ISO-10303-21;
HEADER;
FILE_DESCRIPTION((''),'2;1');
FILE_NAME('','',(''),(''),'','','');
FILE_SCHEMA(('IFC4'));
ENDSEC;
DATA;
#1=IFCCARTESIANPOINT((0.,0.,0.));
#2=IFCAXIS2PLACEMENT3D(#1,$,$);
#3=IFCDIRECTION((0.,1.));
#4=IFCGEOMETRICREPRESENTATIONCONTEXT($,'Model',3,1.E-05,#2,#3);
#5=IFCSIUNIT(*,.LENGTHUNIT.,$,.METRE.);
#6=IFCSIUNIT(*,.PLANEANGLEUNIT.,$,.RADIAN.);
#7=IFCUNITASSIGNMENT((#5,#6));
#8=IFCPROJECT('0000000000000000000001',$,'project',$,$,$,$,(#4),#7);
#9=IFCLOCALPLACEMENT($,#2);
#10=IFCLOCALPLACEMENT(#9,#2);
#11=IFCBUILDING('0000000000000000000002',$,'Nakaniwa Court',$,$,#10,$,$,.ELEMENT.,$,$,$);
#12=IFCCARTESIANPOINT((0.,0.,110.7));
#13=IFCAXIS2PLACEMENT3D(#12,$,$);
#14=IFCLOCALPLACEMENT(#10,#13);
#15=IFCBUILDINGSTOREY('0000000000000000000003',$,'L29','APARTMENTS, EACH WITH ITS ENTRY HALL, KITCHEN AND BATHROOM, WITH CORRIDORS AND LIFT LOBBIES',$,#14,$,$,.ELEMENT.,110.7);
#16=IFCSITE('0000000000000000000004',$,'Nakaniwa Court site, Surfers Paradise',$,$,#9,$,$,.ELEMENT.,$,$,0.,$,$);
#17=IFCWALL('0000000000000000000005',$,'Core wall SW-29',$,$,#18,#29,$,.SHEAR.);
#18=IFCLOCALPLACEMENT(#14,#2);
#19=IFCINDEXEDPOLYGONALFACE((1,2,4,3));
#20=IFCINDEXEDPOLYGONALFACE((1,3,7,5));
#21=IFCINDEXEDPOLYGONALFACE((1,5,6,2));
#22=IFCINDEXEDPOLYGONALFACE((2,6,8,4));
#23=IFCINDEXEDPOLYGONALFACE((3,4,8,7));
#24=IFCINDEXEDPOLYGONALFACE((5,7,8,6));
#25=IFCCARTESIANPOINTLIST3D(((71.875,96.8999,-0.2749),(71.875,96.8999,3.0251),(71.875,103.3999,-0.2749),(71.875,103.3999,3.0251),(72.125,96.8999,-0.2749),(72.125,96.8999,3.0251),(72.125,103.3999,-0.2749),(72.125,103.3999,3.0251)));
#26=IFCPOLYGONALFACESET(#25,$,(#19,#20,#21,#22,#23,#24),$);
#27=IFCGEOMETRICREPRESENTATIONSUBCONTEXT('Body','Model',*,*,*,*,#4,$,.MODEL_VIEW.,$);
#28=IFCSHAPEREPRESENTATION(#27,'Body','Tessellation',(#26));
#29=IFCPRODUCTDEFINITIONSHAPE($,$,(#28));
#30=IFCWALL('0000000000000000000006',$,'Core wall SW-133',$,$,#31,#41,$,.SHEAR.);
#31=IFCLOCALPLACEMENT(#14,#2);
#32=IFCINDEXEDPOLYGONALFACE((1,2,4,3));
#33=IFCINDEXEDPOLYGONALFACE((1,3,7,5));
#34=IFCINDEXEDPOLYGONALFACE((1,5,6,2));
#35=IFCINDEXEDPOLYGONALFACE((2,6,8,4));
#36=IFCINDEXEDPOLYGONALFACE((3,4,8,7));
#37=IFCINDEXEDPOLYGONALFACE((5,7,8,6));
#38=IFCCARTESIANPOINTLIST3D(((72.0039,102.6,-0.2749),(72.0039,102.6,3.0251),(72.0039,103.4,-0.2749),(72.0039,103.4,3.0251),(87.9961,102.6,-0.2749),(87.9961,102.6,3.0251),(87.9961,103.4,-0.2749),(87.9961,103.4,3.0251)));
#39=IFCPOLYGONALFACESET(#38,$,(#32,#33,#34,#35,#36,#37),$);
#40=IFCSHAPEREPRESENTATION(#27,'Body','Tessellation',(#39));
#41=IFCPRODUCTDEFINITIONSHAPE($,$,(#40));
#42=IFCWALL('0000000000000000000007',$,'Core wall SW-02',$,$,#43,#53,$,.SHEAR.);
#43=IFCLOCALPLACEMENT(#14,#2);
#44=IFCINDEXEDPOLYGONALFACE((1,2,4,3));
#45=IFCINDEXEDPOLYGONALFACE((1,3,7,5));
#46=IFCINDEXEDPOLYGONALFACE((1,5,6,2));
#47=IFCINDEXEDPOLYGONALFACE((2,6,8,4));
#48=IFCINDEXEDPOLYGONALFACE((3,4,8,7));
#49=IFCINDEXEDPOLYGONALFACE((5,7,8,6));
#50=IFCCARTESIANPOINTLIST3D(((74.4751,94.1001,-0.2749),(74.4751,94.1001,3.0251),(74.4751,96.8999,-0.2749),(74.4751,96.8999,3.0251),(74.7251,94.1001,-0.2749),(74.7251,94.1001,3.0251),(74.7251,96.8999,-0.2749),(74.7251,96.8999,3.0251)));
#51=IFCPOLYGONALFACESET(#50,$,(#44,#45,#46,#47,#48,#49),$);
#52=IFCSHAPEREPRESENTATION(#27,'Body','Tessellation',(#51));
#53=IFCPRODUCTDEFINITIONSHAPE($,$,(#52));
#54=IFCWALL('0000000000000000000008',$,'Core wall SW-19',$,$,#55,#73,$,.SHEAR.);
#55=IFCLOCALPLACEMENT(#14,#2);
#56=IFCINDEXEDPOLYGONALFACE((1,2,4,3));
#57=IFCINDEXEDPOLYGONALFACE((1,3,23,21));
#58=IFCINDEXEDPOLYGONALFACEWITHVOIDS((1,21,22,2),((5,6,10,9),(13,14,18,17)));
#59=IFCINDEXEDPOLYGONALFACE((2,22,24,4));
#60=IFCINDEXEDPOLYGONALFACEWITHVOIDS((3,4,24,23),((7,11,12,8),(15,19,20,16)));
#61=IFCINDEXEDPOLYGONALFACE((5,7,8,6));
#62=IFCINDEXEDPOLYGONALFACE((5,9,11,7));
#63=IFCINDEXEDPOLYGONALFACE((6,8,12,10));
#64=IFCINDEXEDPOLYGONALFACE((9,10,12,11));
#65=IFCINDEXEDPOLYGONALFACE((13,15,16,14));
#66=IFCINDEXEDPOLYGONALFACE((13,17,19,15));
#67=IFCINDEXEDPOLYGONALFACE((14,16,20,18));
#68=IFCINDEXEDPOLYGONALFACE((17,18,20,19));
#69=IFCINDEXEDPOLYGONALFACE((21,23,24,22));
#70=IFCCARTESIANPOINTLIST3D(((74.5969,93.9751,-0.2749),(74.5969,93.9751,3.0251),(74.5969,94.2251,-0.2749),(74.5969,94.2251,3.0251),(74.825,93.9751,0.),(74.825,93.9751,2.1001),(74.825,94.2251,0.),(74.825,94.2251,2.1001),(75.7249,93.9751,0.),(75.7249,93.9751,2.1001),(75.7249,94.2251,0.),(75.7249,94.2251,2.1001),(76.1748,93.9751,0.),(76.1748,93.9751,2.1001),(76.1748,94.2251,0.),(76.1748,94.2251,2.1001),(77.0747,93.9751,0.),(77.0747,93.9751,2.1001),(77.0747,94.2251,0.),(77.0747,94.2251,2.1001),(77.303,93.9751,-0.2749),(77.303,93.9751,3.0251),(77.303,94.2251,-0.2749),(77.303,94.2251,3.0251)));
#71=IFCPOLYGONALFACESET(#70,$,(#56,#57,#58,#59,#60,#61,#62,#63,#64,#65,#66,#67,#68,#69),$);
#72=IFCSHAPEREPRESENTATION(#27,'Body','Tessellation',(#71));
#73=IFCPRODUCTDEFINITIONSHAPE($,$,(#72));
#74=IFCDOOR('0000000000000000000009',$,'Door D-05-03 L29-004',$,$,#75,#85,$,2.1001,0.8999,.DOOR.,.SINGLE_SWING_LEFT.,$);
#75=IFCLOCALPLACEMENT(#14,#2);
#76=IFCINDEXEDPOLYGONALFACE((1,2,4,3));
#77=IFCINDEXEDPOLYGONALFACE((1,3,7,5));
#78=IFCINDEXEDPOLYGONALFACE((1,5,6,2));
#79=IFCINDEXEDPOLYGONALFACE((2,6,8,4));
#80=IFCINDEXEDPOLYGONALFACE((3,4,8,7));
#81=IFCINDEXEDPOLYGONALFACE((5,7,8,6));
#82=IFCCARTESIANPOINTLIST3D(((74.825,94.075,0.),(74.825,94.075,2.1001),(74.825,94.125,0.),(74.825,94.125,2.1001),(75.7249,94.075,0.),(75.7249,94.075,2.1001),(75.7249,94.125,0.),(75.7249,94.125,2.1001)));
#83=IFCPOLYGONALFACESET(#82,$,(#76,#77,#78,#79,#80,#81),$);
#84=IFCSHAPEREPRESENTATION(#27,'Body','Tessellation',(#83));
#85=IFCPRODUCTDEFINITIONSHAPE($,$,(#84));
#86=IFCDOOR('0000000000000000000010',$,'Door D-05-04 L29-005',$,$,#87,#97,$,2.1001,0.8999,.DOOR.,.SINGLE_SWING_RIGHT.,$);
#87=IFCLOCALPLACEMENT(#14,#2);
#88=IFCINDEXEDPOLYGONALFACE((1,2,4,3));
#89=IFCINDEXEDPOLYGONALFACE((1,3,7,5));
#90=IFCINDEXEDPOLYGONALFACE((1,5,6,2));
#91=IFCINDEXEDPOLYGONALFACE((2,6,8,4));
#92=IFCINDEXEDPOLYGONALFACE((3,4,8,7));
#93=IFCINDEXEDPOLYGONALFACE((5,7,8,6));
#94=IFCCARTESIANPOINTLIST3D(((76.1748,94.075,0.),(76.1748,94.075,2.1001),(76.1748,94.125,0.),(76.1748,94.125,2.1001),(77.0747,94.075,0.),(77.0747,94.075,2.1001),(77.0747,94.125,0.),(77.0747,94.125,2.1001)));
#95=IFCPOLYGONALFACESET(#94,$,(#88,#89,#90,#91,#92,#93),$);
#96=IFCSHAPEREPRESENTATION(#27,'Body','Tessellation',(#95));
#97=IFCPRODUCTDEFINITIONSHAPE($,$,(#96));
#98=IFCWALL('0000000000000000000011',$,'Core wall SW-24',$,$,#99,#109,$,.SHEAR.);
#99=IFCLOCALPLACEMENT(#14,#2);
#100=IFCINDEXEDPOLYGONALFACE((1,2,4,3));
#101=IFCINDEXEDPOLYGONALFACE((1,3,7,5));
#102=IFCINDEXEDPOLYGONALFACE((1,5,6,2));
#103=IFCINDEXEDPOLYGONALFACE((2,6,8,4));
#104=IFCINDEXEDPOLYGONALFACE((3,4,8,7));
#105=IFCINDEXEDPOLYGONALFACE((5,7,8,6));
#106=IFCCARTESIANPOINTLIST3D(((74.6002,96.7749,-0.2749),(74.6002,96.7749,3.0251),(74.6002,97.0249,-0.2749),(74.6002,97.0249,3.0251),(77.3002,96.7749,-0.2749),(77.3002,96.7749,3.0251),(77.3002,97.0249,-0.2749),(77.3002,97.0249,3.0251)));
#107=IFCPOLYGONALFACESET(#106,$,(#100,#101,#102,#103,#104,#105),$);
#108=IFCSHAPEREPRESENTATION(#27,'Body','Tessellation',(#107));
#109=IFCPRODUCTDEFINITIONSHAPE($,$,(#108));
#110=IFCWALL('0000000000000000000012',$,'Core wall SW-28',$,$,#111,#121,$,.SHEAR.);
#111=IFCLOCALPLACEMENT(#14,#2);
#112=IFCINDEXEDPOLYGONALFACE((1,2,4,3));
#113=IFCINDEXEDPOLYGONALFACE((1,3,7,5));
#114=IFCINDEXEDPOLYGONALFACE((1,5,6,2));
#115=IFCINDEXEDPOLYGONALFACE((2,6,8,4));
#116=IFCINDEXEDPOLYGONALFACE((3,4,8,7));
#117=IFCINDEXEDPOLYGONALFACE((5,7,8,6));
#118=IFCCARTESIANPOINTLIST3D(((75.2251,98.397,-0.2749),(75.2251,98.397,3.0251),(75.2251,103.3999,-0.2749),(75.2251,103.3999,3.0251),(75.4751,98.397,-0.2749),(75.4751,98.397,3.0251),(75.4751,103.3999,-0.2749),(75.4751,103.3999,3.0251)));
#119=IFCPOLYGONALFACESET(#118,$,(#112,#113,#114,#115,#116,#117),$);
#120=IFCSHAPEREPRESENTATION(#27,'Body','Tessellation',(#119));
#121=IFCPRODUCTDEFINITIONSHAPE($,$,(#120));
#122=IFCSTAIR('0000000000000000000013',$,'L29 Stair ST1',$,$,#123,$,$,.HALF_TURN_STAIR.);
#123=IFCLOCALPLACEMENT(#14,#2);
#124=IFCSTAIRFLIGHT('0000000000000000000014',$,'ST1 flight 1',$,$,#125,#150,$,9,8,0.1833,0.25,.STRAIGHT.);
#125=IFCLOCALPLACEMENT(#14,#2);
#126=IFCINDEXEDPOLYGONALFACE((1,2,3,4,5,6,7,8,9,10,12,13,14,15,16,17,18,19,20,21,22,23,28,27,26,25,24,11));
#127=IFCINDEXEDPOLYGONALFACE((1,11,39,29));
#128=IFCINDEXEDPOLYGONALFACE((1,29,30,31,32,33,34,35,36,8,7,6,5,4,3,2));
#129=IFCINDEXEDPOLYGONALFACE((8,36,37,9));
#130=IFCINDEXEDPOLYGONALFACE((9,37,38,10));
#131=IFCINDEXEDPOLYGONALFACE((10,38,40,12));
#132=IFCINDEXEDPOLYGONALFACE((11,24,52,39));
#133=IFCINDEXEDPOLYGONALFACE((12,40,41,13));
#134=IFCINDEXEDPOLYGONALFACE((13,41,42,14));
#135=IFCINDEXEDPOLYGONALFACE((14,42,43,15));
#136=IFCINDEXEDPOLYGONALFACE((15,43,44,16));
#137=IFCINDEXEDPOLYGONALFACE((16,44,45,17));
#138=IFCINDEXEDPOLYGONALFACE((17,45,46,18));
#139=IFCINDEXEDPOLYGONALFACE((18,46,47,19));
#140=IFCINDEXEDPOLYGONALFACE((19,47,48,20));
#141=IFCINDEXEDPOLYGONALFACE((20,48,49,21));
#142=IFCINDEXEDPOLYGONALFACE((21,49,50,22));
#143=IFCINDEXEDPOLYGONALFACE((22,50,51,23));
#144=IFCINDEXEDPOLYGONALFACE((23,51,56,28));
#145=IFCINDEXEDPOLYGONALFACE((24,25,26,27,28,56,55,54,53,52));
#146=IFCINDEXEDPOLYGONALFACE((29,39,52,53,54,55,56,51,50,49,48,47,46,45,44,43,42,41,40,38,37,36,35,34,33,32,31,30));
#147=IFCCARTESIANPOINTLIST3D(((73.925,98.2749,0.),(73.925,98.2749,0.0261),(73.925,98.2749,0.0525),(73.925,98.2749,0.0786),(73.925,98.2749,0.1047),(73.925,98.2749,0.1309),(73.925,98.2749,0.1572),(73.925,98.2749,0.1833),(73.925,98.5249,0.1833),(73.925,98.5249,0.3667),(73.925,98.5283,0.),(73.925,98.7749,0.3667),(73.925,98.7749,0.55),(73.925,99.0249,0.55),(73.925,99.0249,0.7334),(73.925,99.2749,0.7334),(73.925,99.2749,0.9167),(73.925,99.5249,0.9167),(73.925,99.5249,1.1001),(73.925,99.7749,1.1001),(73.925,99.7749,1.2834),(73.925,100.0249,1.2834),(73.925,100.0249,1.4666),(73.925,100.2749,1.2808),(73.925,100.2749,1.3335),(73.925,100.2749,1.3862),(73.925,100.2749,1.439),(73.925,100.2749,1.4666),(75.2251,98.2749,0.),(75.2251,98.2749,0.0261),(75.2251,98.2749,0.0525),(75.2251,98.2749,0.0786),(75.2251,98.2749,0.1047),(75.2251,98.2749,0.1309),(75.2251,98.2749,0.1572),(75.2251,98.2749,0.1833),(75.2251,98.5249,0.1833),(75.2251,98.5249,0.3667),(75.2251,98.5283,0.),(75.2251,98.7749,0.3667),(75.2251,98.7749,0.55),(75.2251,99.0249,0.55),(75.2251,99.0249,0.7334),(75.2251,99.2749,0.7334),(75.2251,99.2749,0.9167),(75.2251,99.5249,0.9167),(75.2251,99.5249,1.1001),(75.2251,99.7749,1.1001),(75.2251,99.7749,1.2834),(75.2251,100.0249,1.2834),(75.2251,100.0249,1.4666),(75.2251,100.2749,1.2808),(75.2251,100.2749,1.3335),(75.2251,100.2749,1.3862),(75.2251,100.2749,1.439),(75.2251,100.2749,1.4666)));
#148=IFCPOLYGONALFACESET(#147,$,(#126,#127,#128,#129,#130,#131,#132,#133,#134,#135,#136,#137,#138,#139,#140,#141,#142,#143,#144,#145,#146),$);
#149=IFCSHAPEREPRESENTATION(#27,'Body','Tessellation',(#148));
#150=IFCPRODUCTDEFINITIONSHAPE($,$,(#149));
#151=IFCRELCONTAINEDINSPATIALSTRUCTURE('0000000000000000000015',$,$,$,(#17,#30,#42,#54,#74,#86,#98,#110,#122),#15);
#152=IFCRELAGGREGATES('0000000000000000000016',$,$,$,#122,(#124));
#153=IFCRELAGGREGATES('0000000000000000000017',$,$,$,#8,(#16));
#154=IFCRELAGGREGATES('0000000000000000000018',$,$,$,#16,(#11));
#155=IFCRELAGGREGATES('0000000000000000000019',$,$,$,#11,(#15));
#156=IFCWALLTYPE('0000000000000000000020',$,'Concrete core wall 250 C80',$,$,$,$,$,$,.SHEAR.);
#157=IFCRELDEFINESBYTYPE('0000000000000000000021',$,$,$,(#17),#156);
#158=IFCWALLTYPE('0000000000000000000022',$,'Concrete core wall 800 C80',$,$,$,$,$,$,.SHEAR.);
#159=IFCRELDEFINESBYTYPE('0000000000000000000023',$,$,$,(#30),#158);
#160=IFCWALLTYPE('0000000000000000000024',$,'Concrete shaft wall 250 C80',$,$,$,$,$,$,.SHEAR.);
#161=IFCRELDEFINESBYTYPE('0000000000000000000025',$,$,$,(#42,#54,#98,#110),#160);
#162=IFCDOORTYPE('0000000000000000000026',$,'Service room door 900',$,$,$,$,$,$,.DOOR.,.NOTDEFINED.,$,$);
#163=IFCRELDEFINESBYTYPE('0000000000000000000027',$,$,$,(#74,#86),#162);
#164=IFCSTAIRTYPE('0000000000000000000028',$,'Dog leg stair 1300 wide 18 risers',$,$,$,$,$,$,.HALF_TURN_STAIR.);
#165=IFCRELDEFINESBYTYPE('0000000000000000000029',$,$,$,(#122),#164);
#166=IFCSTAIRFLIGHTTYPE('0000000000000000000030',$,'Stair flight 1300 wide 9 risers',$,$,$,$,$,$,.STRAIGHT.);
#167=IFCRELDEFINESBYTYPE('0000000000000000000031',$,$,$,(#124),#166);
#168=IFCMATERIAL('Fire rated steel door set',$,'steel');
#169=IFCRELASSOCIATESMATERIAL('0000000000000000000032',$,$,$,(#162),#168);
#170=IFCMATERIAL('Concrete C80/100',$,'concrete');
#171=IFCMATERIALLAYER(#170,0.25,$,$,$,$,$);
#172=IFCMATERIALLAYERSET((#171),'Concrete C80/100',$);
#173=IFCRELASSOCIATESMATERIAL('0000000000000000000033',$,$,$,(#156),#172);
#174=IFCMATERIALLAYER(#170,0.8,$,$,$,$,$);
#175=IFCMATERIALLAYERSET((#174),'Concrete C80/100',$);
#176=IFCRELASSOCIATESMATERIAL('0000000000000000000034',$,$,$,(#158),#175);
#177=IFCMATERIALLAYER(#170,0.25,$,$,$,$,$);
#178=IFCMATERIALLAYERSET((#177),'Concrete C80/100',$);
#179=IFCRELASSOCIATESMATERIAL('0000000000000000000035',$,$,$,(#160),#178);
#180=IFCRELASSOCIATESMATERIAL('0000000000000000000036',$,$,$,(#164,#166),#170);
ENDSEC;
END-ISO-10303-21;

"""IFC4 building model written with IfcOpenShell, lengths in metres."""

from ifc_helpers import new_model, si_unit, direction, frame, frame_2d, origin, place, context, subcontext, project, spatial, polyline, rectangle, outline, extrude, material, layer, layer_set, type_object, element, fill, aggregate, save


model = new_model("IFC4")

# Units and contexts
model_context = context("Model", 3, precision=1e-05, world=origin(), true_north=direction((0.0, 1.0)))
body_context = subcontext(model_context, "Body", "Model", "MODEL_VIEW")
ifc_project = project(units=[si_unit("LENGTHUNIT", "METRE"), si_unit("PLANEANGLEUNIT", "RADIAN")], contexts=[model_context])

# Site, building, storey
site_placement = place(None, origin())
site = spatial("IfcSite", under=ifc_project, at=site_placement, Name="Nakaniwa Court site, Surfers Paradise", CompositionType="ELEMENT", RefElevation=0.0)
building_placement = place(site_placement, origin())
building = spatial("IfcBuilding", under=site, at=building_placement, Name="Nakaniwa Court", CompositionType="ELEMENT")
storey_placement = place(building_placement, frame((0.0, 0.0, 110.7)))
storey = spatial("IfcBuildingStorey", under=building, at=storey_placement, Name="L29", Description="APARTMENTS, EACH WITH ITS ENTRY HALL, KITCHEN AND BATHROOM, WITH CORRIDORS AND LIFT LOBBIES", CompositionType="ELEMENT", Elevation=110.7)

# Shared definitions
ifc_material_1 = material(Name="Concrete C80/100", Category="concrete")

# Shared definitions
ifc_material_2 = material(Name="Fire rated steel door set", Category="steel")

# Shared definitions
door_type_1 = type_object("IfcDoorType", Name="Service room door 900", OperationType="NOTDEFINED", PredefinedType="DOOR", material=ifc_material_2)

# Walls
ifc_layer_1 = layer(ifc_material_1, 0.25)
ifc_layer_set_1 = layer_set([ifc_layer_1], Name="Concrete C80/100")
wall_type_1 = type_object("IfcWallType", Name="Concrete core wall 250 C80", PredefinedType="SHEAR", material=ifc_layer_set_1)
wall_1_placement = place(storey_placement, frame((72.0, 96.8999, -0.2749), z_axis=(0.0, 0.0, 1.0), x_axis=(0.0, 1.0, 0.0)))
element("IfcWall", 1, at=wall_1_placement, inside=storey, type_object=wall_type_1, Name="Core wall SW-29", PredefinedType="SHEAR", context=body_context, shape_type="SweptSolid", body=[
    extrude(rectangle(XDim=6.5, YDim=0.25, at=frame_2d((3.25, 0.0))), origin(), (0.0, 0.0, 1.0), 3.3),
])
ifc_layer_2 = layer(ifc_material_1, 0.8)
ifc_layer_set_2 = layer_set([ifc_layer_2], Name="Concrete C80/100")
wall_type_2 = type_object("IfcWallType", Name="Concrete core wall 800 C80", PredefinedType="SHEAR", material=ifc_layer_set_2)
wall_2_placement = place(storey_placement, frame((72.0039, 103.0, -0.2749), z_axis=(0.0, 0.0, 1.0), x_axis=(1.0, 0.0, 0.0)))
element("IfcWall", 2, at=wall_2_placement, inside=storey, type_object=wall_type_2, Name="Core wall SW-133", PredefinedType="SHEAR", context=body_context, shape_type="SweptSolid", body=[
    extrude(rectangle(XDim=15.9922, YDim=0.8, at=frame_2d((7.9961, 0.0))), origin(), (0.0, 0.0, 1.0), 3.3),
])
ifc_layer_3 = layer(ifc_material_1, 0.25)
ifc_layer_set_3 = layer_set([ifc_layer_3], Name="Concrete C80/100")
wall_type_3 = type_object("IfcWallType", Name="Concrete shaft wall 250 C80", PredefinedType="SHEAR", material=ifc_layer_set_3)
wall_3_placement = place(storey_placement, frame((74.6001, 94.1001, -0.2749), z_axis=(0.0, 0.0, 1.0), x_axis=(0.0, 1.0, 0.0)))
element("IfcWall", 3, at=wall_3_placement, inside=storey, type_object=wall_type_3, Name="Core wall SW-02", PredefinedType="SHEAR", context=body_context, shape_type="SweptSolid", body=[
    extrude(rectangle(XDim=2.7998, YDim=0.25, at=frame_2d((1.3999, 0.0))), origin(), (0.0, 0.0, 1.0), 3.3),
])

# Wall, openings, doors
wall_4_placement = place(storey_placement, frame((74.5969, 94.1001, -0.2749), z_axis=(0.0, 0.0, 1.0), x_axis=(1.0, 0.0, 0.0)))
wall_4 = element("IfcWall", 4, at=wall_4_placement, inside=storey, type_object=wall_type_3, Name="Core wall SW-19", PredefinedType="SHEAR", context=body_context, shape_type="SweptSolid", body=[
    extrude(rectangle(XDim=2.7061, YDim=0.25, at=frame_2d((1.353, 0.0))), origin(), (0.0, 0.0, 1.0), 3.3),
])
opening_1_placement = place(wall_4_placement, frame((0.228, 0.0, 0.2749)))
opening_1 = element("IfcOpeningElement", 5, at=opening_1_placement, cuts=wall_4, PredefinedType="OPENING", context=body_context, shape_type="SweptSolid", body=[
    extrude(rectangle(XDim=0.8999, YDim=2.1001, at=frame_2d((0.45, 1.05))), frame((0.0, 0.135, 0.0), z_axis=(0.0, -1.0, 0.0), x_axis=(1.0, 0.0, 0.0)), (0.0, 0.0, 1.0), 0.27),
])
opening_2_placement = place(wall_4_placement, frame((1.5779, 0.0, 0.2749)))
opening_2 = element("IfcOpeningElement", 6, at=opening_2_placement, cuts=wall_4, PredefinedType="OPENING", context=body_context, shape_type="SweptSolid", body=[
    extrude(rectangle(XDim=0.8999, YDim=2.1001, at=frame_2d((0.45, 1.05))), frame((0.0, 0.135, 0.0), z_axis=(0.0, -1.0, 0.0), x_axis=(1.0, 0.0, 0.0)), (0.0, 0.0, 1.0), 0.27),
])
door_1_placement = place(opening_1_placement, origin())
door_1 = element("IfcDoor", 7, at=door_1_placement, inside=storey, type_object=door_type_1, Name="Door D-05-03 L29-004", OperationType="SINGLE_SWING_LEFT", OverallHeight=2.1001, OverallWidth=0.8999, PredefinedType="DOOR", context=body_context, shape_type="SweptSolid", body=[
    extrude(rectangle(XDim=0.8999, YDim=2.1001, at=frame_2d((0.45, 1.05))), frame((0.0, 0.0249, 0.0), z_axis=(0.0, -1.0, 0.0), x_axis=(1.0, 0.0, 0.0)), (0.0, 0.0, 1.0), 0.05),
])
fill(opening_1, door_1)
door_2_placement = place(opening_2_placement, origin())
door_2 = element("IfcDoor", 8, at=door_2_placement, inside=storey, type_object=door_type_1, Name="Door D-05-04 L29-005", OperationType="SINGLE_SWING_RIGHT", OverallHeight=2.1001, OverallWidth=0.8999, PredefinedType="DOOR", context=body_context, shape_type="SweptSolid", body=[
    extrude(rectangle(XDim=0.8999, YDim=2.1001, at=frame_2d((0.45, 1.05))), frame((0.0, 0.0249, 0.0), z_axis=(0.0, -1.0, 0.0), x_axis=(1.0, 0.0, 0.0)), (0.0, 0.0, 1.0), 0.05),
])
fill(opening_2, door_2)

# Walls
wall_5_placement = place(storey_placement, frame((74.6001, 96.8999, -0.2749), z_axis=(0.0, 0.0, 1.0), x_axis=(1.0, 0.0, 0.0)))
element("IfcWall", 9, at=wall_5_placement, inside=storey, type_object=wall_type_3, Name="Core wall SW-24", PredefinedType="SHEAR", context=body_context, shape_type="SweptSolid", body=[
    extrude(rectangle(XDim=2.7, YDim=0.25, at=frame_2d((1.3501, 0.0))), origin(), (0.0, 0.0, 1.0), 3.3),
])
wall_6_placement = place(storey_placement, frame((75.3501, 98.397, -0.2749), z_axis=(0.0, 0.0, 1.0), x_axis=(0.0, 1.0, 0.0)))
element("IfcWall", 10, at=wall_6_placement, inside=storey, type_object=wall_type_3, Name="Core wall SW-28", PredefinedType="SHEAR", context=body_context, shape_type="SweptSolid", body=[
    extrude(rectangle(XDim=5.0029, YDim=0.25, at=frame_2d((2.5015, 0.0))), origin(), (0.0, 0.0, 1.0), 3.3),
])

# Stair, stair flight
stair_type = type_object("IfcStairType", Name="Dog leg stair 1300 wide 18 risers", PredefinedType="HALF_TURN_STAIR", material=ifc_material_1)
stair_placement = place(storey_placement, origin())
stair = element("IfcStair", 11, at=stair_placement, inside=storey, type_object=stair_type, Name="L29 Stair ST1", PredefinedType="HALF_TURN_STAIR")
stair_flight_type = type_object("IfcStairFlightType", Name="Stair flight 1300 wide 9 risers", PredefinedType="STRAIGHT", material=ifc_material_1)
stair_flight_1_placement = place(storey_placement, frame((74.575, 98.2749, 0.0), z_axis=(0.0, 0.0, 1.0), x_axis=(0.0, 1.0, 0.0)))
stair_flight_1 = element("IfcStairFlight", 12, at=stair_flight_1_placement, type_object=stair_flight_type, Name="ST1 flight 1", NumberOfRisers=9, NumberOfTreads=8, PredefinedType="STRAIGHT", RiserHeight=0.1833, TreadLength=0.25, context=body_context, shape_type="SweptSolid", body=[
    extrude(outline(polyline([(0.0, 0.0), (0.0, 0.0261), (0.0, 0.0525), (0.0, 0.0786), (0.0, 0.1047), (0.0, 0.1309), (0.0, 0.1572), (0.0, 0.1833), (0.25, 0.1833), (0.25, 0.3667), (0.5, 0.3667), (0.5, 0.55), (0.75, 0.55), (0.75, 0.7334), (1.0, 0.7334), (1.0, 0.9167), (1.25, 0.9167), (1.25, 1.1001), (1.5, 1.1001), (1.5, 1.2834), (1.75, 1.2834), (1.75, 1.4666), (2.0, 1.4666), (2.0, 1.6499), (2.0, 1.5972), (2.0, 1.5444), (2.0, 1.4917), (2.0, 1.439), (2.0, 1.3862), (2.0, 1.3335), (2.0, 1.2808), (0.2534, 0.0), (0.0, 0.0)])), frame((0.0, 0.6499, 0.0), z_axis=(0.0, -1.0, 0.0), x_axis=(1.0, 0.0, 0.0)), (0.0, 0.0, 1.0), 1.3),
])
aggregate(stair, [stair_flight_1])

save(model, "model.ifc")
